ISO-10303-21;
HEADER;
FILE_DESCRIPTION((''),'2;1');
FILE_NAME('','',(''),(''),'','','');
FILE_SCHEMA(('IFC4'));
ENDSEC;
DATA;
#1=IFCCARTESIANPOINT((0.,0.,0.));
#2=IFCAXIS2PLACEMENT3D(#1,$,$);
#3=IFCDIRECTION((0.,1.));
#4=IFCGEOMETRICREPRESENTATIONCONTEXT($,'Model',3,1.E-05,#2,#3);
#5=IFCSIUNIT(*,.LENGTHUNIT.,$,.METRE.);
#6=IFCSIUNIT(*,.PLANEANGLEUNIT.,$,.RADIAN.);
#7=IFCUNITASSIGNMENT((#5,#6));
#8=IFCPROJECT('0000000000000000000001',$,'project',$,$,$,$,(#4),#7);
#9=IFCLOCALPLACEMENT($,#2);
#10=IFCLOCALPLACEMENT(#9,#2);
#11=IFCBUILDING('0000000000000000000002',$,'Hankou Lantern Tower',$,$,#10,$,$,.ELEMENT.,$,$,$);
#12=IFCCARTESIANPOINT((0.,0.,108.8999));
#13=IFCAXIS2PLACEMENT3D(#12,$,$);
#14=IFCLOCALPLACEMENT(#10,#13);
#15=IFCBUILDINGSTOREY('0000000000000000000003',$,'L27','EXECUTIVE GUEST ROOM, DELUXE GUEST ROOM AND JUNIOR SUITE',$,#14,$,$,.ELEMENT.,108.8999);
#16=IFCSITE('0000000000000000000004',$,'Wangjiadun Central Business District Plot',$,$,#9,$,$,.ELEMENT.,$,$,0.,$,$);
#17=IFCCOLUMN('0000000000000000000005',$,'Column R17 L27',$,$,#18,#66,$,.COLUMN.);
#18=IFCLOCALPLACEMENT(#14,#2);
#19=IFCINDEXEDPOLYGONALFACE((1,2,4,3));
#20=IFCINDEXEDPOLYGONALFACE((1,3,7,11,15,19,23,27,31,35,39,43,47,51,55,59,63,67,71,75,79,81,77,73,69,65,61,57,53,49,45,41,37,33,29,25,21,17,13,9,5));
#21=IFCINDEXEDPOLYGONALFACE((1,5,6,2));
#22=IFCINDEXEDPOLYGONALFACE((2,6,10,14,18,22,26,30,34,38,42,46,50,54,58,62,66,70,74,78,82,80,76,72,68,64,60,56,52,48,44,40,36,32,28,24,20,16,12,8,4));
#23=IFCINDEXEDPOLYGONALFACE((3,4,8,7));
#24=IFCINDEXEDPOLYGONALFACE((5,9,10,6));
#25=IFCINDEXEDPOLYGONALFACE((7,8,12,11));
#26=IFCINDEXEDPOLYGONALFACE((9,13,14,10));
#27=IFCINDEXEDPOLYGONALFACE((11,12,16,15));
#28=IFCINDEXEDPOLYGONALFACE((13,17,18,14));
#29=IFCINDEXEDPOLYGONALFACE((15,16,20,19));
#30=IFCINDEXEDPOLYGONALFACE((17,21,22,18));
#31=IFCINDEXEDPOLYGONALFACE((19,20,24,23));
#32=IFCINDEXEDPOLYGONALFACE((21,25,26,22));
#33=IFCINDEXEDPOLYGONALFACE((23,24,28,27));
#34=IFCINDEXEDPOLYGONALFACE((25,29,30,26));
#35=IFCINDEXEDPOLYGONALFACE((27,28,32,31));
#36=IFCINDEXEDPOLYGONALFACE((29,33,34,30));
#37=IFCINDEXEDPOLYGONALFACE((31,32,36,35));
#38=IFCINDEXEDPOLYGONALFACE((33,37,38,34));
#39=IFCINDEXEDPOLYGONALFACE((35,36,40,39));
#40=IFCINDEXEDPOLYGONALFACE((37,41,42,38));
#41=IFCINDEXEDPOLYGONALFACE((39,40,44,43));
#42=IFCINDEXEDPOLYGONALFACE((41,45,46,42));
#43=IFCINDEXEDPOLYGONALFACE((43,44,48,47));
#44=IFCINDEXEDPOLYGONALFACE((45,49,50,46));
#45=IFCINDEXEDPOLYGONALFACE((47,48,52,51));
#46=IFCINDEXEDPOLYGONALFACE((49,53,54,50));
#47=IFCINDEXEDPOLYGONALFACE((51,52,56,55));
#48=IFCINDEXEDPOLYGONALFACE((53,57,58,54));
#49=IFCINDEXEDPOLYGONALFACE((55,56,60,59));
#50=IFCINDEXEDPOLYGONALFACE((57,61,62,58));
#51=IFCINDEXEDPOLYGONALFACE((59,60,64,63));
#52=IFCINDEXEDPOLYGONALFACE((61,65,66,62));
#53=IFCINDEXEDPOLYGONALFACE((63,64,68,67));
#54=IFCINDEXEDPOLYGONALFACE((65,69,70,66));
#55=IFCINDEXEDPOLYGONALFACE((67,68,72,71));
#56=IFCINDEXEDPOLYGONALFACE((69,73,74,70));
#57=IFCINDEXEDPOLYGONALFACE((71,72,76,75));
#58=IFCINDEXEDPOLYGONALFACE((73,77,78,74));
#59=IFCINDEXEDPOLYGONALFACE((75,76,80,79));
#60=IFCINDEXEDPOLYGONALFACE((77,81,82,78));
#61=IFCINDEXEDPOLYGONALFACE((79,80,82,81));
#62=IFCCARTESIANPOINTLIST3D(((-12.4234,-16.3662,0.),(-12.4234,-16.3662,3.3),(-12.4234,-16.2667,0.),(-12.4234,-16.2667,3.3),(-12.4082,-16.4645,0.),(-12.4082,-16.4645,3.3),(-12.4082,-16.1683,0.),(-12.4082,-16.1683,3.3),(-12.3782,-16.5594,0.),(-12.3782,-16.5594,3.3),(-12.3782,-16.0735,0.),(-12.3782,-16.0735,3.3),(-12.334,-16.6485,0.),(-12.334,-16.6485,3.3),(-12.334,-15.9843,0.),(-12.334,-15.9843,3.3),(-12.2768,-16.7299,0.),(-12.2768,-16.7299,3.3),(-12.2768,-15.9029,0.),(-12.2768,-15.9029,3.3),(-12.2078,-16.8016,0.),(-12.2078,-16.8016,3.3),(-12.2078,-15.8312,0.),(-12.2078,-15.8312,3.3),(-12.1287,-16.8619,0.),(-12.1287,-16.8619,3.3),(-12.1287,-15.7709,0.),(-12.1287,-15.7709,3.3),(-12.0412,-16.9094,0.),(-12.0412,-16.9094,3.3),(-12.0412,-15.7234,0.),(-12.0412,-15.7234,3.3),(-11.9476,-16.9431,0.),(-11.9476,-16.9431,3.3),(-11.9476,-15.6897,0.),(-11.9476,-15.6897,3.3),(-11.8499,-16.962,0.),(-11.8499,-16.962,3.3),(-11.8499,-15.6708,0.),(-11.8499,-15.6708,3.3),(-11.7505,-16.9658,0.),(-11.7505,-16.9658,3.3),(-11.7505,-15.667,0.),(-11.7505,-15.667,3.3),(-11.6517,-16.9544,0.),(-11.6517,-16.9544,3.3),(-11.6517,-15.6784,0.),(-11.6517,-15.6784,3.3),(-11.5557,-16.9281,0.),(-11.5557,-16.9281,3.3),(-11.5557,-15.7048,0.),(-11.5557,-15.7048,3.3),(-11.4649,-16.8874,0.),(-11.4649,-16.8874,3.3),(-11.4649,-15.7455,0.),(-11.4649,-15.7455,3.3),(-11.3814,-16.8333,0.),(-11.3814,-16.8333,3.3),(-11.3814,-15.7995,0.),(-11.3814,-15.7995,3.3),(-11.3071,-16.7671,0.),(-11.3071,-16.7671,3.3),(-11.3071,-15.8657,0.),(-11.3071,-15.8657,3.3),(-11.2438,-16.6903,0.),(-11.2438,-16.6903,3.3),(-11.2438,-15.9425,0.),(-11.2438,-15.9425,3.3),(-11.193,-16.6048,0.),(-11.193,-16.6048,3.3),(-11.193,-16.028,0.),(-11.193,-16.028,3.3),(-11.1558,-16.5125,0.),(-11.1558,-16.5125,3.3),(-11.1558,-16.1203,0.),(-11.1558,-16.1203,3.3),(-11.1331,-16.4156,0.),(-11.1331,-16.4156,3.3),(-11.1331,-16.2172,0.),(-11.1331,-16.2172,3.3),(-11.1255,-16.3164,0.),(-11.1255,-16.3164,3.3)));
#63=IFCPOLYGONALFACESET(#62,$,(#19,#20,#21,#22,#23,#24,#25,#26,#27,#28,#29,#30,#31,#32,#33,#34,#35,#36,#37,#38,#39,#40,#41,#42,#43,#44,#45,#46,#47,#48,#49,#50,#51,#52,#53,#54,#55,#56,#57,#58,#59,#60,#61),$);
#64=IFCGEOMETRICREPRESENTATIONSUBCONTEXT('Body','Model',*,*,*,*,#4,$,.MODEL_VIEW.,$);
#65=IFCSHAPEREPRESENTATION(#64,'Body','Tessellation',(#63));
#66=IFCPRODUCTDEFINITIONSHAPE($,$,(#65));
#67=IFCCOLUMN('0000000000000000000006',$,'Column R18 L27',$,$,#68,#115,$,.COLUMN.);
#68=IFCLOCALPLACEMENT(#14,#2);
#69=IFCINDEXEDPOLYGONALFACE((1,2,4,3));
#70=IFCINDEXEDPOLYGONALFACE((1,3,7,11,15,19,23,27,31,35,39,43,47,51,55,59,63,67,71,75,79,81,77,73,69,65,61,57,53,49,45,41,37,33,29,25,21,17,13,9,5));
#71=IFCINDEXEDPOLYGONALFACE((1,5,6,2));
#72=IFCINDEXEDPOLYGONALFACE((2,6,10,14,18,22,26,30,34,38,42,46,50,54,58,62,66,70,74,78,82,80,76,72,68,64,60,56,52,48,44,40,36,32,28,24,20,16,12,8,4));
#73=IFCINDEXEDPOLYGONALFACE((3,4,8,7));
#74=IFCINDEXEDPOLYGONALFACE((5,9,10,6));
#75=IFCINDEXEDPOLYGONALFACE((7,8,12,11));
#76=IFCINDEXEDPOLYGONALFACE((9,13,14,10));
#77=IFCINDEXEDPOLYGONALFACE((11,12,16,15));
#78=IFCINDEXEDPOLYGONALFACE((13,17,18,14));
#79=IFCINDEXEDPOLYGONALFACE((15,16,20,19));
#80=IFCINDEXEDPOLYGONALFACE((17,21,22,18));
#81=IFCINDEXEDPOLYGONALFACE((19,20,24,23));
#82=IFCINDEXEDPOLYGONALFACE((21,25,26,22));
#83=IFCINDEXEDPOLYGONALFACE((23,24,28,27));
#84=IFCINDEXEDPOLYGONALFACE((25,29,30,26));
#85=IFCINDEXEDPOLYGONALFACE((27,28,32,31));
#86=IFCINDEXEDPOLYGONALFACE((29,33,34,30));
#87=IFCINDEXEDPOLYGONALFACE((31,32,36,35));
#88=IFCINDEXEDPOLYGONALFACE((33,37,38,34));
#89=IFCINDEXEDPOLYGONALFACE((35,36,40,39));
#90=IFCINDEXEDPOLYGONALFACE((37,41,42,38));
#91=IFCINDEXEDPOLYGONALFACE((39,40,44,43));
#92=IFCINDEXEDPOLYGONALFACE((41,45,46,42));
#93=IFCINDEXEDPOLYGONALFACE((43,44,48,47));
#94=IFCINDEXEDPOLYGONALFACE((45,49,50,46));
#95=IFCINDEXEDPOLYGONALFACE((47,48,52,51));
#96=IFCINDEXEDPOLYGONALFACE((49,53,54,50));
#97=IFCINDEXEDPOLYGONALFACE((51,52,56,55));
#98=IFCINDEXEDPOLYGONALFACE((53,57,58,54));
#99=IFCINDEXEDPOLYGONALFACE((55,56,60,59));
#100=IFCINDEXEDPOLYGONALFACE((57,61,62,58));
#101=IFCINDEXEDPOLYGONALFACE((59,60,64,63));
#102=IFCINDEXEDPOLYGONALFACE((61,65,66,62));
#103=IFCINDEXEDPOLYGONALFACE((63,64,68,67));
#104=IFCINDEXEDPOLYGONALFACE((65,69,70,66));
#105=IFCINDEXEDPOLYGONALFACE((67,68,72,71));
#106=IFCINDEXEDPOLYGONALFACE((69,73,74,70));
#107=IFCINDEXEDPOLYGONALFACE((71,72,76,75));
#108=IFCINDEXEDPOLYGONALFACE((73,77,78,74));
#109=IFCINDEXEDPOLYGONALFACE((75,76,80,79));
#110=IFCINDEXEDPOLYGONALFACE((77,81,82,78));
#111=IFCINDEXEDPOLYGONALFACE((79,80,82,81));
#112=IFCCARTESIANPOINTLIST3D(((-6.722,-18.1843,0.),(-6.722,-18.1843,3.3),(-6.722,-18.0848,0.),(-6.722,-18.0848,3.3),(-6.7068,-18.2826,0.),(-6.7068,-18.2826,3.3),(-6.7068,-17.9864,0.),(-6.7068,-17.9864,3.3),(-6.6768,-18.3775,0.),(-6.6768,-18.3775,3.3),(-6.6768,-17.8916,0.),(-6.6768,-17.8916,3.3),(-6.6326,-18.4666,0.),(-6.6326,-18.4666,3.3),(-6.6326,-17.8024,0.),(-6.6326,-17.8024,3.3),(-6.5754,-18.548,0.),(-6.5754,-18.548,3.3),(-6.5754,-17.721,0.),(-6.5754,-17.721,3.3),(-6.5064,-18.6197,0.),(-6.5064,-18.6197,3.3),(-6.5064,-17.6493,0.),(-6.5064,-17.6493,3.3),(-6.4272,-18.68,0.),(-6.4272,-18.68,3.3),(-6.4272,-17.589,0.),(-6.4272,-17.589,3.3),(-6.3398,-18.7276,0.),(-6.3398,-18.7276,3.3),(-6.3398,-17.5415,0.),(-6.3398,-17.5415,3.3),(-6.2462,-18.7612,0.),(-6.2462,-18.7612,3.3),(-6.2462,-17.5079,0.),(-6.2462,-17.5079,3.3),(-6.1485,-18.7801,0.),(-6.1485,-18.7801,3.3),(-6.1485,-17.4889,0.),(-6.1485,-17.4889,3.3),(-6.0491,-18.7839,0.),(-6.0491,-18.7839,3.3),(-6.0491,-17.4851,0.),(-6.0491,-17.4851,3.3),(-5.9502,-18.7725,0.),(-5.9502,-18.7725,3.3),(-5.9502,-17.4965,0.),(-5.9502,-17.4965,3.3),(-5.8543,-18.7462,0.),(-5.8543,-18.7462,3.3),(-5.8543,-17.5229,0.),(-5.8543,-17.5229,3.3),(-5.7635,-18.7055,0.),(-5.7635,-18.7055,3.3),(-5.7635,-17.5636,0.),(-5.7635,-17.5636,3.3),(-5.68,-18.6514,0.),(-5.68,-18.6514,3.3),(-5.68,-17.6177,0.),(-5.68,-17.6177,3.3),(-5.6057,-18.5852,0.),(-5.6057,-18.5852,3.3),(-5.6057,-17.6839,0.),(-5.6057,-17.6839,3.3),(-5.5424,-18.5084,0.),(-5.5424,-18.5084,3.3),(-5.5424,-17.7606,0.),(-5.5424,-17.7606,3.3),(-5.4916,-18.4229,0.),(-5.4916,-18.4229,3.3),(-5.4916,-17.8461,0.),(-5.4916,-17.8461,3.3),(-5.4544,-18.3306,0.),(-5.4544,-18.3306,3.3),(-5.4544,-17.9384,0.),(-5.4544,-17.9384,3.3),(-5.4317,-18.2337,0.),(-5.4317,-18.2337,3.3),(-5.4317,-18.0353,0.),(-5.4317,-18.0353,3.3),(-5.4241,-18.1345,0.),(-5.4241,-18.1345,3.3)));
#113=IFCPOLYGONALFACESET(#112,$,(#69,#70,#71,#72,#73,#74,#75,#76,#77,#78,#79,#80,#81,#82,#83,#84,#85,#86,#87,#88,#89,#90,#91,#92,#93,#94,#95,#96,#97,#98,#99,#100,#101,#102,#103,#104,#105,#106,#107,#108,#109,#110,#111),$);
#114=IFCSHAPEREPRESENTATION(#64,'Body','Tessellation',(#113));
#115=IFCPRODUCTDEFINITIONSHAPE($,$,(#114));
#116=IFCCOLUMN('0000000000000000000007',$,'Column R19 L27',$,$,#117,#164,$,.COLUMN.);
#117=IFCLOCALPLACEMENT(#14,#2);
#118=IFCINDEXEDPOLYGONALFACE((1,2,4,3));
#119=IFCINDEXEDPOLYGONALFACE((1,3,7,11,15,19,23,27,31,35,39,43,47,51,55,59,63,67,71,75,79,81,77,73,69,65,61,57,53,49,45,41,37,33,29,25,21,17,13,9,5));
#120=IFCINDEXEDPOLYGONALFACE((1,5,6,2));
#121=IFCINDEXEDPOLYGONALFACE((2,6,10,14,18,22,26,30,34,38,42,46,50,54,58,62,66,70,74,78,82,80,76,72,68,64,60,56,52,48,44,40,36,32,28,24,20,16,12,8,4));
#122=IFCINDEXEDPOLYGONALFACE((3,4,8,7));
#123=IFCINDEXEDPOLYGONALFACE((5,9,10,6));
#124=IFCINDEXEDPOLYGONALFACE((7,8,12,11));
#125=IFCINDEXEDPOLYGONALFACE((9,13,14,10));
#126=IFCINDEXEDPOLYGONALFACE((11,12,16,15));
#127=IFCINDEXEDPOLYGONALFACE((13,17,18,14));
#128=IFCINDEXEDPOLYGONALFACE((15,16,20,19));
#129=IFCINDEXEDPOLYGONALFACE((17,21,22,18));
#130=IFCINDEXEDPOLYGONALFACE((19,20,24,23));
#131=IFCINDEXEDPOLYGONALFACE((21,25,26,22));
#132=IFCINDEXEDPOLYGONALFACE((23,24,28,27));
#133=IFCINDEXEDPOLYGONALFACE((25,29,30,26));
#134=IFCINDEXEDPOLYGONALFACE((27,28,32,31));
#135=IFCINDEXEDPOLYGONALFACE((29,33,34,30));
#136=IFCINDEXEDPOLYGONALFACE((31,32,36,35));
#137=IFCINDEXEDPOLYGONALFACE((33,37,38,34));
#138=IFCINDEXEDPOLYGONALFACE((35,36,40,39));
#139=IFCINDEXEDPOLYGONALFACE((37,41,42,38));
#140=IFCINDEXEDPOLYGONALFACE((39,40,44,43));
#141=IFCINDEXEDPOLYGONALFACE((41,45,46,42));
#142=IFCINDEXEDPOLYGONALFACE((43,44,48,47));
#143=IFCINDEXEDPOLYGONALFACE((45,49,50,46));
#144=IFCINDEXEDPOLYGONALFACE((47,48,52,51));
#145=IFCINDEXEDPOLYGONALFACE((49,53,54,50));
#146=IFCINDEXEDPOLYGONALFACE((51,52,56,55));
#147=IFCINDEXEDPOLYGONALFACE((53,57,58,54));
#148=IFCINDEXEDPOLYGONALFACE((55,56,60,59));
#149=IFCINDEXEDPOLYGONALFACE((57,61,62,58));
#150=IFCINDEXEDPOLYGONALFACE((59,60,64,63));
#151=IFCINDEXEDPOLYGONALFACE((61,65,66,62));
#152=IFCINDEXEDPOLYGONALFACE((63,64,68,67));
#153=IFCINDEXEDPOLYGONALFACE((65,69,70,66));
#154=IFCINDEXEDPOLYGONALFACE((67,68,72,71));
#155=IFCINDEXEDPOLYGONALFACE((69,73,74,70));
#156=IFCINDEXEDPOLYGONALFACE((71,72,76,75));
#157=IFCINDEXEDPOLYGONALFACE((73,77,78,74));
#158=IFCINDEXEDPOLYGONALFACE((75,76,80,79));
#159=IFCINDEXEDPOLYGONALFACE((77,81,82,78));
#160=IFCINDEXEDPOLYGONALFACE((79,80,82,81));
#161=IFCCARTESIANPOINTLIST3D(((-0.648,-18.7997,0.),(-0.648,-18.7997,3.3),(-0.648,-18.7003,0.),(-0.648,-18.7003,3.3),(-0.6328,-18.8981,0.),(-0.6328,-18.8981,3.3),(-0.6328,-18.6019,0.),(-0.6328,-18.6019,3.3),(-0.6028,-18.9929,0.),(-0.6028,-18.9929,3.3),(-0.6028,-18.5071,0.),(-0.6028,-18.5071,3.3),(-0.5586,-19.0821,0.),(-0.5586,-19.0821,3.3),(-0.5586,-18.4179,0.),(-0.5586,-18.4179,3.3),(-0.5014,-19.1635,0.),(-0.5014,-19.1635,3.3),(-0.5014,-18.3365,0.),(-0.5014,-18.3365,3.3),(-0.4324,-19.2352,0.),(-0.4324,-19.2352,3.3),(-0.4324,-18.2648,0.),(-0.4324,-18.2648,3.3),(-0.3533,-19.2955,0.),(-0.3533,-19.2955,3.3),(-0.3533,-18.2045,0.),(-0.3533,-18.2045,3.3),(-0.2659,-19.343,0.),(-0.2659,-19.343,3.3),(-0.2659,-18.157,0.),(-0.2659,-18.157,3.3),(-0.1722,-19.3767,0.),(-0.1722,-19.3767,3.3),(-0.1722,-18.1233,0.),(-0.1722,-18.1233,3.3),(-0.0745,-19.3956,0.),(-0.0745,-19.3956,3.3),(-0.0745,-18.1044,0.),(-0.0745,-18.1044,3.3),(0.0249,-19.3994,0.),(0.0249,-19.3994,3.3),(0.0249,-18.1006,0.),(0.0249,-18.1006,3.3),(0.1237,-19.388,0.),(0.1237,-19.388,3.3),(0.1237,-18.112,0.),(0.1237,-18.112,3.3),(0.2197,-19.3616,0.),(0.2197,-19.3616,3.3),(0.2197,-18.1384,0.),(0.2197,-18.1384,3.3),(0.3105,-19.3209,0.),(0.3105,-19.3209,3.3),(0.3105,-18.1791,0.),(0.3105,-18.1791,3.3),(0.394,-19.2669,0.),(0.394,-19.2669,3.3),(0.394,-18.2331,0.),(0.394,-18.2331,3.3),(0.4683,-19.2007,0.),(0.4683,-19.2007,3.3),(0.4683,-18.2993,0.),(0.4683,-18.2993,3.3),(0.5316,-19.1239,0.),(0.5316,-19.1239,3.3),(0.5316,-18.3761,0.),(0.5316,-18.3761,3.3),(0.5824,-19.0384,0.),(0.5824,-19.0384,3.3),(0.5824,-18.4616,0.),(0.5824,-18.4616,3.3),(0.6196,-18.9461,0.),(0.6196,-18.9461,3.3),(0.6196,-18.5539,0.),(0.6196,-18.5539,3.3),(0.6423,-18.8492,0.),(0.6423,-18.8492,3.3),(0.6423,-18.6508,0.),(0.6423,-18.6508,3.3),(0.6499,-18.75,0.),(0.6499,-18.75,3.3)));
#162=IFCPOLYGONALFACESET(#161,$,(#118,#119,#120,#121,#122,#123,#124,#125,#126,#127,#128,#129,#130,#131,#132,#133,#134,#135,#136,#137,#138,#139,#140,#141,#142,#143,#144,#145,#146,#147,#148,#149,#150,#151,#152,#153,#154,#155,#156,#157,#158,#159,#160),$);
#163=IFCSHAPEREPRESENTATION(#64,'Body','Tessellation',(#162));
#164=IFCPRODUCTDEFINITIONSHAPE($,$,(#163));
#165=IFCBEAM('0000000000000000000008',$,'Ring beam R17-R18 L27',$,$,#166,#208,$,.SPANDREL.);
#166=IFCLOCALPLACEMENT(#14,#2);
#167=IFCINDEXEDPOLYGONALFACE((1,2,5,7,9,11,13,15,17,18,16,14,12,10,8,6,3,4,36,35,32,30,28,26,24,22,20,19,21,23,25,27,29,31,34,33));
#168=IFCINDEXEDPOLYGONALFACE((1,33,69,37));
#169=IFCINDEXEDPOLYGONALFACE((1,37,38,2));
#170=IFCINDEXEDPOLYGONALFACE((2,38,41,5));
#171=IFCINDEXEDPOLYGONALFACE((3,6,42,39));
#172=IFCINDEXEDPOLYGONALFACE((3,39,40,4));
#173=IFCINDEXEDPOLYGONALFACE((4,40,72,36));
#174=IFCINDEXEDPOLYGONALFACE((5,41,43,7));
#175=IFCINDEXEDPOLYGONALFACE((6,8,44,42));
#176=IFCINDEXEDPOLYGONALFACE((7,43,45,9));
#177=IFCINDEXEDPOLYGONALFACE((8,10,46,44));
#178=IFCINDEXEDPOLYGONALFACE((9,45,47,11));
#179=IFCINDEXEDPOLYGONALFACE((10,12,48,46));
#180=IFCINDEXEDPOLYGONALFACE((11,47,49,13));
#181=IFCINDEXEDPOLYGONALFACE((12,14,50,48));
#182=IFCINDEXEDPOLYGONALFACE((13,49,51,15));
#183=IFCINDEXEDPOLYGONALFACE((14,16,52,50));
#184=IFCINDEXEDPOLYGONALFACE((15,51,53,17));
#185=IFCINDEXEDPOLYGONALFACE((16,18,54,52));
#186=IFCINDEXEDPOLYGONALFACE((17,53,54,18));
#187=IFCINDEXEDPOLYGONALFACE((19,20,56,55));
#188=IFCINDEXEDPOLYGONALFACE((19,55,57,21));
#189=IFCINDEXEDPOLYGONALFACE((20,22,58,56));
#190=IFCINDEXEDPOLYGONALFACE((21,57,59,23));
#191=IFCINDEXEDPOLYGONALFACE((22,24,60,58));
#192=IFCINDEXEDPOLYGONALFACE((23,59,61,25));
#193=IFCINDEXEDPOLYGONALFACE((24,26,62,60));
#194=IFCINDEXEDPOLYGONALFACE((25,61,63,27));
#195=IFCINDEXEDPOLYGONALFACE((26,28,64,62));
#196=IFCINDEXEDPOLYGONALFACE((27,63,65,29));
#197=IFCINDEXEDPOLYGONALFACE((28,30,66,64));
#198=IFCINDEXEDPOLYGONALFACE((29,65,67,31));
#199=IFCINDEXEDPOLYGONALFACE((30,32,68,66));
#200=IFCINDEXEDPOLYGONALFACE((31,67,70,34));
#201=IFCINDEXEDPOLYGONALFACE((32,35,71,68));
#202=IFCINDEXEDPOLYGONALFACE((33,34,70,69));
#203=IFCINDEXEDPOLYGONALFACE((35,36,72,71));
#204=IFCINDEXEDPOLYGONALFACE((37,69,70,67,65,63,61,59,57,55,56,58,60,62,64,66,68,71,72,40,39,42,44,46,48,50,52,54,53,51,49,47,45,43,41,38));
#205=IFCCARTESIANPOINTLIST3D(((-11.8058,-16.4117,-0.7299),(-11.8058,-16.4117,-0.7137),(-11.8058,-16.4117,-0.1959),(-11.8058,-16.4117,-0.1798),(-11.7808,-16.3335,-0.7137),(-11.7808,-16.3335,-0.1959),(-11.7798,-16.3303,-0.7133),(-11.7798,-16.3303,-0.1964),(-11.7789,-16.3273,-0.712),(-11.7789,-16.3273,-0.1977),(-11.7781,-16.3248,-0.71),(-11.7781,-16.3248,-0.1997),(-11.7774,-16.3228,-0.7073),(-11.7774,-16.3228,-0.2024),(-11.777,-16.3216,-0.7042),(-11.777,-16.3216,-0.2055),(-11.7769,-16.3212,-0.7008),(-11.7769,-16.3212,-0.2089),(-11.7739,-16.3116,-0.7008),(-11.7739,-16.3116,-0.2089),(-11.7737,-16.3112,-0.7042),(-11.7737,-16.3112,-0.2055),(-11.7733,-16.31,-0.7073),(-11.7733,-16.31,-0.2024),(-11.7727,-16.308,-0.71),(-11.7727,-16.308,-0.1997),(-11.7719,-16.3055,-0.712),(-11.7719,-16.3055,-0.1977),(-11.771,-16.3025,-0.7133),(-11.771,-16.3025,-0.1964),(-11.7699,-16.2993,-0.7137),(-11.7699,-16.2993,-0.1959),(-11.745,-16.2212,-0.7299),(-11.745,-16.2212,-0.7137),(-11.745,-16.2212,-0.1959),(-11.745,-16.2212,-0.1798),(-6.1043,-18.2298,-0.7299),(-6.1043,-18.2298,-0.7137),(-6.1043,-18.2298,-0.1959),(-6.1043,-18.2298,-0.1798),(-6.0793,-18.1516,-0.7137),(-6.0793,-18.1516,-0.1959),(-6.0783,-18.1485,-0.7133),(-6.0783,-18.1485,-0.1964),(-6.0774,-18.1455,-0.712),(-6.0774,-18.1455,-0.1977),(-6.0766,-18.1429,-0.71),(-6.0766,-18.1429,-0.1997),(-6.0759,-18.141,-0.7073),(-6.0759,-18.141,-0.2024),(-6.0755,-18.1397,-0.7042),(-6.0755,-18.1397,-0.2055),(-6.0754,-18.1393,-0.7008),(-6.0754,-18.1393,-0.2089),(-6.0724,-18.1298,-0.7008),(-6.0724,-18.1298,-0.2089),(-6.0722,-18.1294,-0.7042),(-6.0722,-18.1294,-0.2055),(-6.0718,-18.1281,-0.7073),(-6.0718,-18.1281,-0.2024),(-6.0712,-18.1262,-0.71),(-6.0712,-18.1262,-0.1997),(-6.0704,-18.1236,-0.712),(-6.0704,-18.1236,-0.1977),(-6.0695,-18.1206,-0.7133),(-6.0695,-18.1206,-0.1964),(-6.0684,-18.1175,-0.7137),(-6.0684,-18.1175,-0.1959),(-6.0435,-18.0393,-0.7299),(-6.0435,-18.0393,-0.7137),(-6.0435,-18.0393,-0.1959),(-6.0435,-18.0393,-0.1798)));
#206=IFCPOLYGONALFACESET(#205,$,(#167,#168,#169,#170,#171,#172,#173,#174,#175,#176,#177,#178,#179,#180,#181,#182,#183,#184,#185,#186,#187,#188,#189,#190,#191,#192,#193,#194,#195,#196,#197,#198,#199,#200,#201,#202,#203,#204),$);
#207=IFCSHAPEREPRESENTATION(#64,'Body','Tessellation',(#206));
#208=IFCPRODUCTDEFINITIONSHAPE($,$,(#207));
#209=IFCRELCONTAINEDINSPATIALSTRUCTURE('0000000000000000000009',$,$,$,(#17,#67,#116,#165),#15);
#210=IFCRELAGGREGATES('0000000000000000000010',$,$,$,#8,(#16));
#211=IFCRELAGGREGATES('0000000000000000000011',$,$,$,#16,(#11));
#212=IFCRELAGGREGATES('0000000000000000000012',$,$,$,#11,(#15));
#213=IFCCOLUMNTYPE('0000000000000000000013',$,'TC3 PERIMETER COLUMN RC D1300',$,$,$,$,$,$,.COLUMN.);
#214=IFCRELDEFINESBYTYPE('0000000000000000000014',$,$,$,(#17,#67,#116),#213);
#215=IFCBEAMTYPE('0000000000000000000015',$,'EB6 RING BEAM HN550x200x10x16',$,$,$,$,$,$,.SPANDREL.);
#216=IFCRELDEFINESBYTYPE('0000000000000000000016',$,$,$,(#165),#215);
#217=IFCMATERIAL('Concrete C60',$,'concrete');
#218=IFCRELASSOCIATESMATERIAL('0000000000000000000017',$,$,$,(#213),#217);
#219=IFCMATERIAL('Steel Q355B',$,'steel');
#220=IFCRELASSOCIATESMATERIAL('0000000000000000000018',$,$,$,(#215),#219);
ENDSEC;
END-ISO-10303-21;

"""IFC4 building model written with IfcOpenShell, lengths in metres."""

from ifc_helpers import new_model, si_unit, direction, frame, origin, origin_2d, place, context, subcontext, project, spatial, circle, i_section, extrude, material, material_profile, profile_set, type_object, element, save


model = new_model("IFC4")

# Units and contexts
model_context = context("Model", 3, precision=1e-05, world=origin(), true_north=direction((0.0, 1.0)))
body_context = subcontext(model_context, "Body", "Model", "MODEL_VIEW")
ifc_project = project(units=[si_unit("LENGTHUNIT", "METRE"), si_unit("PLANEANGLEUNIT", "RADIAN")], contexts=[model_context])

# Site, building, storey
site_placement = place(None, origin())
site = spatial("IfcSite", under=ifc_project, at=site_placement, Name="Wangjiadun Central Business District Plot", CompositionType="ELEMENT", RefElevation=0.0)
building_placement = place(site_placement, origin())
building = spatial("IfcBuilding", under=site, at=building_placement, Name="Hankou Lantern Tower", CompositionType="ELEMENT")
storey_placement = place(building_placement, frame((0.0, 0.0, 108.8999)))
storey = spatial("IfcBuildingStorey", under=building, at=storey_placement, Name="L27", Description="EXECUTIVE GUEST ROOM, DELUXE GUEST ROOM AND JUNIOR SUITE", CompositionType="ELEMENT", Elevation=108.8999)

# Columns
ifc_material_1 = material(Name="Concrete C60", Category="concrete")
ifc_material_profile_1 = material_profile(ifc_material_1, circle(Radius=0.6499, at=origin_2d()), Name="RC D1300")
ifc_profile_set_1 = profile_set([ifc_material_profile_1], Name="Concrete C60")
column_type = type_object("IfcColumnType", Name="TC3 PERIMETER COLUMN RC D1300", PredefinedType="COLUMN", material=ifc_profile_set_1)
for number, where, z_axis, x_axis, name in (
    (1, (-11.7754, -16.3164, 0.0), (0.0, 0.0, 1.0), (1.0, 0.0, 0.0), "Column R17 L27"),
    (2, (-6.074, -18.1345, 0.0), (0.0, 0.0, 1.0), (1.0, 0.0, 0.0), "Column R18 L27"),
    (3, (0.0, -18.75, 0.0), (0.0, 0.0, 1.0), (1.0, 0.0, 0.0), "Column R19 L27"),
):
    element("IfcColumn", number, at=place(storey_placement, frame(where, z_axis=z_axis, x_axis=x_axis)), inside=storey, type_object=column_type, Name=name, PredefinedType="COLUMN", context=body_context, shape_type="SweptSolid", body=[
        extrude(circle(Radius=0.6499, at=origin_2d()), origin(), (0.0, 0.0, 1.0), 3.3),
    ])

# Beam
ifc_material_2 = material(Name="Steel Q355B", Category="steel")
ifc_material_profile_2 = material_profile(ifc_material_2, i_section(OverallWidth=0.2, OverallDepth=0.55, WebThickness=0.01, FlangeThickness=0.0161, FilletRadius=0.0129, at=origin_2d()), Name="HN550x200x10x16")
ifc_profile_set_2 = profile_set([ifc_material_profile_2], Name="Steel Q355B")
beam_type_1 = type_object("IfcBeamType", Name="EB6 RING BEAM HN550x200x10x16", PredefinedType="SPANDREL", material=ifc_profile_set_2)
beam_1_placement = place(storey_placement, frame((-11.7754, -16.3164, -0.4548), z_axis=(0.952731, -0.303815, 0.0), x_axis=(0.303815, 0.952731, 0.0)))
element("IfcBeam", 4, at=beam_1_placement, inside=storey, type_object=beam_type_1, Name="Ring beam R17-R18 L27", PredefinedType="SPANDREL", context=body_context, shape_type="SweptSolid", body=[
    extrude(i_section(OverallWidth=0.2, OverallDepth=0.55, WebThickness=0.01, FlangeThickness=0.0161, FilletRadius=0.0129, at=origin_2d()), origin(), (0.0, 0.0, 1.0), 5.9844),
])

save(model, "model.ifc")
